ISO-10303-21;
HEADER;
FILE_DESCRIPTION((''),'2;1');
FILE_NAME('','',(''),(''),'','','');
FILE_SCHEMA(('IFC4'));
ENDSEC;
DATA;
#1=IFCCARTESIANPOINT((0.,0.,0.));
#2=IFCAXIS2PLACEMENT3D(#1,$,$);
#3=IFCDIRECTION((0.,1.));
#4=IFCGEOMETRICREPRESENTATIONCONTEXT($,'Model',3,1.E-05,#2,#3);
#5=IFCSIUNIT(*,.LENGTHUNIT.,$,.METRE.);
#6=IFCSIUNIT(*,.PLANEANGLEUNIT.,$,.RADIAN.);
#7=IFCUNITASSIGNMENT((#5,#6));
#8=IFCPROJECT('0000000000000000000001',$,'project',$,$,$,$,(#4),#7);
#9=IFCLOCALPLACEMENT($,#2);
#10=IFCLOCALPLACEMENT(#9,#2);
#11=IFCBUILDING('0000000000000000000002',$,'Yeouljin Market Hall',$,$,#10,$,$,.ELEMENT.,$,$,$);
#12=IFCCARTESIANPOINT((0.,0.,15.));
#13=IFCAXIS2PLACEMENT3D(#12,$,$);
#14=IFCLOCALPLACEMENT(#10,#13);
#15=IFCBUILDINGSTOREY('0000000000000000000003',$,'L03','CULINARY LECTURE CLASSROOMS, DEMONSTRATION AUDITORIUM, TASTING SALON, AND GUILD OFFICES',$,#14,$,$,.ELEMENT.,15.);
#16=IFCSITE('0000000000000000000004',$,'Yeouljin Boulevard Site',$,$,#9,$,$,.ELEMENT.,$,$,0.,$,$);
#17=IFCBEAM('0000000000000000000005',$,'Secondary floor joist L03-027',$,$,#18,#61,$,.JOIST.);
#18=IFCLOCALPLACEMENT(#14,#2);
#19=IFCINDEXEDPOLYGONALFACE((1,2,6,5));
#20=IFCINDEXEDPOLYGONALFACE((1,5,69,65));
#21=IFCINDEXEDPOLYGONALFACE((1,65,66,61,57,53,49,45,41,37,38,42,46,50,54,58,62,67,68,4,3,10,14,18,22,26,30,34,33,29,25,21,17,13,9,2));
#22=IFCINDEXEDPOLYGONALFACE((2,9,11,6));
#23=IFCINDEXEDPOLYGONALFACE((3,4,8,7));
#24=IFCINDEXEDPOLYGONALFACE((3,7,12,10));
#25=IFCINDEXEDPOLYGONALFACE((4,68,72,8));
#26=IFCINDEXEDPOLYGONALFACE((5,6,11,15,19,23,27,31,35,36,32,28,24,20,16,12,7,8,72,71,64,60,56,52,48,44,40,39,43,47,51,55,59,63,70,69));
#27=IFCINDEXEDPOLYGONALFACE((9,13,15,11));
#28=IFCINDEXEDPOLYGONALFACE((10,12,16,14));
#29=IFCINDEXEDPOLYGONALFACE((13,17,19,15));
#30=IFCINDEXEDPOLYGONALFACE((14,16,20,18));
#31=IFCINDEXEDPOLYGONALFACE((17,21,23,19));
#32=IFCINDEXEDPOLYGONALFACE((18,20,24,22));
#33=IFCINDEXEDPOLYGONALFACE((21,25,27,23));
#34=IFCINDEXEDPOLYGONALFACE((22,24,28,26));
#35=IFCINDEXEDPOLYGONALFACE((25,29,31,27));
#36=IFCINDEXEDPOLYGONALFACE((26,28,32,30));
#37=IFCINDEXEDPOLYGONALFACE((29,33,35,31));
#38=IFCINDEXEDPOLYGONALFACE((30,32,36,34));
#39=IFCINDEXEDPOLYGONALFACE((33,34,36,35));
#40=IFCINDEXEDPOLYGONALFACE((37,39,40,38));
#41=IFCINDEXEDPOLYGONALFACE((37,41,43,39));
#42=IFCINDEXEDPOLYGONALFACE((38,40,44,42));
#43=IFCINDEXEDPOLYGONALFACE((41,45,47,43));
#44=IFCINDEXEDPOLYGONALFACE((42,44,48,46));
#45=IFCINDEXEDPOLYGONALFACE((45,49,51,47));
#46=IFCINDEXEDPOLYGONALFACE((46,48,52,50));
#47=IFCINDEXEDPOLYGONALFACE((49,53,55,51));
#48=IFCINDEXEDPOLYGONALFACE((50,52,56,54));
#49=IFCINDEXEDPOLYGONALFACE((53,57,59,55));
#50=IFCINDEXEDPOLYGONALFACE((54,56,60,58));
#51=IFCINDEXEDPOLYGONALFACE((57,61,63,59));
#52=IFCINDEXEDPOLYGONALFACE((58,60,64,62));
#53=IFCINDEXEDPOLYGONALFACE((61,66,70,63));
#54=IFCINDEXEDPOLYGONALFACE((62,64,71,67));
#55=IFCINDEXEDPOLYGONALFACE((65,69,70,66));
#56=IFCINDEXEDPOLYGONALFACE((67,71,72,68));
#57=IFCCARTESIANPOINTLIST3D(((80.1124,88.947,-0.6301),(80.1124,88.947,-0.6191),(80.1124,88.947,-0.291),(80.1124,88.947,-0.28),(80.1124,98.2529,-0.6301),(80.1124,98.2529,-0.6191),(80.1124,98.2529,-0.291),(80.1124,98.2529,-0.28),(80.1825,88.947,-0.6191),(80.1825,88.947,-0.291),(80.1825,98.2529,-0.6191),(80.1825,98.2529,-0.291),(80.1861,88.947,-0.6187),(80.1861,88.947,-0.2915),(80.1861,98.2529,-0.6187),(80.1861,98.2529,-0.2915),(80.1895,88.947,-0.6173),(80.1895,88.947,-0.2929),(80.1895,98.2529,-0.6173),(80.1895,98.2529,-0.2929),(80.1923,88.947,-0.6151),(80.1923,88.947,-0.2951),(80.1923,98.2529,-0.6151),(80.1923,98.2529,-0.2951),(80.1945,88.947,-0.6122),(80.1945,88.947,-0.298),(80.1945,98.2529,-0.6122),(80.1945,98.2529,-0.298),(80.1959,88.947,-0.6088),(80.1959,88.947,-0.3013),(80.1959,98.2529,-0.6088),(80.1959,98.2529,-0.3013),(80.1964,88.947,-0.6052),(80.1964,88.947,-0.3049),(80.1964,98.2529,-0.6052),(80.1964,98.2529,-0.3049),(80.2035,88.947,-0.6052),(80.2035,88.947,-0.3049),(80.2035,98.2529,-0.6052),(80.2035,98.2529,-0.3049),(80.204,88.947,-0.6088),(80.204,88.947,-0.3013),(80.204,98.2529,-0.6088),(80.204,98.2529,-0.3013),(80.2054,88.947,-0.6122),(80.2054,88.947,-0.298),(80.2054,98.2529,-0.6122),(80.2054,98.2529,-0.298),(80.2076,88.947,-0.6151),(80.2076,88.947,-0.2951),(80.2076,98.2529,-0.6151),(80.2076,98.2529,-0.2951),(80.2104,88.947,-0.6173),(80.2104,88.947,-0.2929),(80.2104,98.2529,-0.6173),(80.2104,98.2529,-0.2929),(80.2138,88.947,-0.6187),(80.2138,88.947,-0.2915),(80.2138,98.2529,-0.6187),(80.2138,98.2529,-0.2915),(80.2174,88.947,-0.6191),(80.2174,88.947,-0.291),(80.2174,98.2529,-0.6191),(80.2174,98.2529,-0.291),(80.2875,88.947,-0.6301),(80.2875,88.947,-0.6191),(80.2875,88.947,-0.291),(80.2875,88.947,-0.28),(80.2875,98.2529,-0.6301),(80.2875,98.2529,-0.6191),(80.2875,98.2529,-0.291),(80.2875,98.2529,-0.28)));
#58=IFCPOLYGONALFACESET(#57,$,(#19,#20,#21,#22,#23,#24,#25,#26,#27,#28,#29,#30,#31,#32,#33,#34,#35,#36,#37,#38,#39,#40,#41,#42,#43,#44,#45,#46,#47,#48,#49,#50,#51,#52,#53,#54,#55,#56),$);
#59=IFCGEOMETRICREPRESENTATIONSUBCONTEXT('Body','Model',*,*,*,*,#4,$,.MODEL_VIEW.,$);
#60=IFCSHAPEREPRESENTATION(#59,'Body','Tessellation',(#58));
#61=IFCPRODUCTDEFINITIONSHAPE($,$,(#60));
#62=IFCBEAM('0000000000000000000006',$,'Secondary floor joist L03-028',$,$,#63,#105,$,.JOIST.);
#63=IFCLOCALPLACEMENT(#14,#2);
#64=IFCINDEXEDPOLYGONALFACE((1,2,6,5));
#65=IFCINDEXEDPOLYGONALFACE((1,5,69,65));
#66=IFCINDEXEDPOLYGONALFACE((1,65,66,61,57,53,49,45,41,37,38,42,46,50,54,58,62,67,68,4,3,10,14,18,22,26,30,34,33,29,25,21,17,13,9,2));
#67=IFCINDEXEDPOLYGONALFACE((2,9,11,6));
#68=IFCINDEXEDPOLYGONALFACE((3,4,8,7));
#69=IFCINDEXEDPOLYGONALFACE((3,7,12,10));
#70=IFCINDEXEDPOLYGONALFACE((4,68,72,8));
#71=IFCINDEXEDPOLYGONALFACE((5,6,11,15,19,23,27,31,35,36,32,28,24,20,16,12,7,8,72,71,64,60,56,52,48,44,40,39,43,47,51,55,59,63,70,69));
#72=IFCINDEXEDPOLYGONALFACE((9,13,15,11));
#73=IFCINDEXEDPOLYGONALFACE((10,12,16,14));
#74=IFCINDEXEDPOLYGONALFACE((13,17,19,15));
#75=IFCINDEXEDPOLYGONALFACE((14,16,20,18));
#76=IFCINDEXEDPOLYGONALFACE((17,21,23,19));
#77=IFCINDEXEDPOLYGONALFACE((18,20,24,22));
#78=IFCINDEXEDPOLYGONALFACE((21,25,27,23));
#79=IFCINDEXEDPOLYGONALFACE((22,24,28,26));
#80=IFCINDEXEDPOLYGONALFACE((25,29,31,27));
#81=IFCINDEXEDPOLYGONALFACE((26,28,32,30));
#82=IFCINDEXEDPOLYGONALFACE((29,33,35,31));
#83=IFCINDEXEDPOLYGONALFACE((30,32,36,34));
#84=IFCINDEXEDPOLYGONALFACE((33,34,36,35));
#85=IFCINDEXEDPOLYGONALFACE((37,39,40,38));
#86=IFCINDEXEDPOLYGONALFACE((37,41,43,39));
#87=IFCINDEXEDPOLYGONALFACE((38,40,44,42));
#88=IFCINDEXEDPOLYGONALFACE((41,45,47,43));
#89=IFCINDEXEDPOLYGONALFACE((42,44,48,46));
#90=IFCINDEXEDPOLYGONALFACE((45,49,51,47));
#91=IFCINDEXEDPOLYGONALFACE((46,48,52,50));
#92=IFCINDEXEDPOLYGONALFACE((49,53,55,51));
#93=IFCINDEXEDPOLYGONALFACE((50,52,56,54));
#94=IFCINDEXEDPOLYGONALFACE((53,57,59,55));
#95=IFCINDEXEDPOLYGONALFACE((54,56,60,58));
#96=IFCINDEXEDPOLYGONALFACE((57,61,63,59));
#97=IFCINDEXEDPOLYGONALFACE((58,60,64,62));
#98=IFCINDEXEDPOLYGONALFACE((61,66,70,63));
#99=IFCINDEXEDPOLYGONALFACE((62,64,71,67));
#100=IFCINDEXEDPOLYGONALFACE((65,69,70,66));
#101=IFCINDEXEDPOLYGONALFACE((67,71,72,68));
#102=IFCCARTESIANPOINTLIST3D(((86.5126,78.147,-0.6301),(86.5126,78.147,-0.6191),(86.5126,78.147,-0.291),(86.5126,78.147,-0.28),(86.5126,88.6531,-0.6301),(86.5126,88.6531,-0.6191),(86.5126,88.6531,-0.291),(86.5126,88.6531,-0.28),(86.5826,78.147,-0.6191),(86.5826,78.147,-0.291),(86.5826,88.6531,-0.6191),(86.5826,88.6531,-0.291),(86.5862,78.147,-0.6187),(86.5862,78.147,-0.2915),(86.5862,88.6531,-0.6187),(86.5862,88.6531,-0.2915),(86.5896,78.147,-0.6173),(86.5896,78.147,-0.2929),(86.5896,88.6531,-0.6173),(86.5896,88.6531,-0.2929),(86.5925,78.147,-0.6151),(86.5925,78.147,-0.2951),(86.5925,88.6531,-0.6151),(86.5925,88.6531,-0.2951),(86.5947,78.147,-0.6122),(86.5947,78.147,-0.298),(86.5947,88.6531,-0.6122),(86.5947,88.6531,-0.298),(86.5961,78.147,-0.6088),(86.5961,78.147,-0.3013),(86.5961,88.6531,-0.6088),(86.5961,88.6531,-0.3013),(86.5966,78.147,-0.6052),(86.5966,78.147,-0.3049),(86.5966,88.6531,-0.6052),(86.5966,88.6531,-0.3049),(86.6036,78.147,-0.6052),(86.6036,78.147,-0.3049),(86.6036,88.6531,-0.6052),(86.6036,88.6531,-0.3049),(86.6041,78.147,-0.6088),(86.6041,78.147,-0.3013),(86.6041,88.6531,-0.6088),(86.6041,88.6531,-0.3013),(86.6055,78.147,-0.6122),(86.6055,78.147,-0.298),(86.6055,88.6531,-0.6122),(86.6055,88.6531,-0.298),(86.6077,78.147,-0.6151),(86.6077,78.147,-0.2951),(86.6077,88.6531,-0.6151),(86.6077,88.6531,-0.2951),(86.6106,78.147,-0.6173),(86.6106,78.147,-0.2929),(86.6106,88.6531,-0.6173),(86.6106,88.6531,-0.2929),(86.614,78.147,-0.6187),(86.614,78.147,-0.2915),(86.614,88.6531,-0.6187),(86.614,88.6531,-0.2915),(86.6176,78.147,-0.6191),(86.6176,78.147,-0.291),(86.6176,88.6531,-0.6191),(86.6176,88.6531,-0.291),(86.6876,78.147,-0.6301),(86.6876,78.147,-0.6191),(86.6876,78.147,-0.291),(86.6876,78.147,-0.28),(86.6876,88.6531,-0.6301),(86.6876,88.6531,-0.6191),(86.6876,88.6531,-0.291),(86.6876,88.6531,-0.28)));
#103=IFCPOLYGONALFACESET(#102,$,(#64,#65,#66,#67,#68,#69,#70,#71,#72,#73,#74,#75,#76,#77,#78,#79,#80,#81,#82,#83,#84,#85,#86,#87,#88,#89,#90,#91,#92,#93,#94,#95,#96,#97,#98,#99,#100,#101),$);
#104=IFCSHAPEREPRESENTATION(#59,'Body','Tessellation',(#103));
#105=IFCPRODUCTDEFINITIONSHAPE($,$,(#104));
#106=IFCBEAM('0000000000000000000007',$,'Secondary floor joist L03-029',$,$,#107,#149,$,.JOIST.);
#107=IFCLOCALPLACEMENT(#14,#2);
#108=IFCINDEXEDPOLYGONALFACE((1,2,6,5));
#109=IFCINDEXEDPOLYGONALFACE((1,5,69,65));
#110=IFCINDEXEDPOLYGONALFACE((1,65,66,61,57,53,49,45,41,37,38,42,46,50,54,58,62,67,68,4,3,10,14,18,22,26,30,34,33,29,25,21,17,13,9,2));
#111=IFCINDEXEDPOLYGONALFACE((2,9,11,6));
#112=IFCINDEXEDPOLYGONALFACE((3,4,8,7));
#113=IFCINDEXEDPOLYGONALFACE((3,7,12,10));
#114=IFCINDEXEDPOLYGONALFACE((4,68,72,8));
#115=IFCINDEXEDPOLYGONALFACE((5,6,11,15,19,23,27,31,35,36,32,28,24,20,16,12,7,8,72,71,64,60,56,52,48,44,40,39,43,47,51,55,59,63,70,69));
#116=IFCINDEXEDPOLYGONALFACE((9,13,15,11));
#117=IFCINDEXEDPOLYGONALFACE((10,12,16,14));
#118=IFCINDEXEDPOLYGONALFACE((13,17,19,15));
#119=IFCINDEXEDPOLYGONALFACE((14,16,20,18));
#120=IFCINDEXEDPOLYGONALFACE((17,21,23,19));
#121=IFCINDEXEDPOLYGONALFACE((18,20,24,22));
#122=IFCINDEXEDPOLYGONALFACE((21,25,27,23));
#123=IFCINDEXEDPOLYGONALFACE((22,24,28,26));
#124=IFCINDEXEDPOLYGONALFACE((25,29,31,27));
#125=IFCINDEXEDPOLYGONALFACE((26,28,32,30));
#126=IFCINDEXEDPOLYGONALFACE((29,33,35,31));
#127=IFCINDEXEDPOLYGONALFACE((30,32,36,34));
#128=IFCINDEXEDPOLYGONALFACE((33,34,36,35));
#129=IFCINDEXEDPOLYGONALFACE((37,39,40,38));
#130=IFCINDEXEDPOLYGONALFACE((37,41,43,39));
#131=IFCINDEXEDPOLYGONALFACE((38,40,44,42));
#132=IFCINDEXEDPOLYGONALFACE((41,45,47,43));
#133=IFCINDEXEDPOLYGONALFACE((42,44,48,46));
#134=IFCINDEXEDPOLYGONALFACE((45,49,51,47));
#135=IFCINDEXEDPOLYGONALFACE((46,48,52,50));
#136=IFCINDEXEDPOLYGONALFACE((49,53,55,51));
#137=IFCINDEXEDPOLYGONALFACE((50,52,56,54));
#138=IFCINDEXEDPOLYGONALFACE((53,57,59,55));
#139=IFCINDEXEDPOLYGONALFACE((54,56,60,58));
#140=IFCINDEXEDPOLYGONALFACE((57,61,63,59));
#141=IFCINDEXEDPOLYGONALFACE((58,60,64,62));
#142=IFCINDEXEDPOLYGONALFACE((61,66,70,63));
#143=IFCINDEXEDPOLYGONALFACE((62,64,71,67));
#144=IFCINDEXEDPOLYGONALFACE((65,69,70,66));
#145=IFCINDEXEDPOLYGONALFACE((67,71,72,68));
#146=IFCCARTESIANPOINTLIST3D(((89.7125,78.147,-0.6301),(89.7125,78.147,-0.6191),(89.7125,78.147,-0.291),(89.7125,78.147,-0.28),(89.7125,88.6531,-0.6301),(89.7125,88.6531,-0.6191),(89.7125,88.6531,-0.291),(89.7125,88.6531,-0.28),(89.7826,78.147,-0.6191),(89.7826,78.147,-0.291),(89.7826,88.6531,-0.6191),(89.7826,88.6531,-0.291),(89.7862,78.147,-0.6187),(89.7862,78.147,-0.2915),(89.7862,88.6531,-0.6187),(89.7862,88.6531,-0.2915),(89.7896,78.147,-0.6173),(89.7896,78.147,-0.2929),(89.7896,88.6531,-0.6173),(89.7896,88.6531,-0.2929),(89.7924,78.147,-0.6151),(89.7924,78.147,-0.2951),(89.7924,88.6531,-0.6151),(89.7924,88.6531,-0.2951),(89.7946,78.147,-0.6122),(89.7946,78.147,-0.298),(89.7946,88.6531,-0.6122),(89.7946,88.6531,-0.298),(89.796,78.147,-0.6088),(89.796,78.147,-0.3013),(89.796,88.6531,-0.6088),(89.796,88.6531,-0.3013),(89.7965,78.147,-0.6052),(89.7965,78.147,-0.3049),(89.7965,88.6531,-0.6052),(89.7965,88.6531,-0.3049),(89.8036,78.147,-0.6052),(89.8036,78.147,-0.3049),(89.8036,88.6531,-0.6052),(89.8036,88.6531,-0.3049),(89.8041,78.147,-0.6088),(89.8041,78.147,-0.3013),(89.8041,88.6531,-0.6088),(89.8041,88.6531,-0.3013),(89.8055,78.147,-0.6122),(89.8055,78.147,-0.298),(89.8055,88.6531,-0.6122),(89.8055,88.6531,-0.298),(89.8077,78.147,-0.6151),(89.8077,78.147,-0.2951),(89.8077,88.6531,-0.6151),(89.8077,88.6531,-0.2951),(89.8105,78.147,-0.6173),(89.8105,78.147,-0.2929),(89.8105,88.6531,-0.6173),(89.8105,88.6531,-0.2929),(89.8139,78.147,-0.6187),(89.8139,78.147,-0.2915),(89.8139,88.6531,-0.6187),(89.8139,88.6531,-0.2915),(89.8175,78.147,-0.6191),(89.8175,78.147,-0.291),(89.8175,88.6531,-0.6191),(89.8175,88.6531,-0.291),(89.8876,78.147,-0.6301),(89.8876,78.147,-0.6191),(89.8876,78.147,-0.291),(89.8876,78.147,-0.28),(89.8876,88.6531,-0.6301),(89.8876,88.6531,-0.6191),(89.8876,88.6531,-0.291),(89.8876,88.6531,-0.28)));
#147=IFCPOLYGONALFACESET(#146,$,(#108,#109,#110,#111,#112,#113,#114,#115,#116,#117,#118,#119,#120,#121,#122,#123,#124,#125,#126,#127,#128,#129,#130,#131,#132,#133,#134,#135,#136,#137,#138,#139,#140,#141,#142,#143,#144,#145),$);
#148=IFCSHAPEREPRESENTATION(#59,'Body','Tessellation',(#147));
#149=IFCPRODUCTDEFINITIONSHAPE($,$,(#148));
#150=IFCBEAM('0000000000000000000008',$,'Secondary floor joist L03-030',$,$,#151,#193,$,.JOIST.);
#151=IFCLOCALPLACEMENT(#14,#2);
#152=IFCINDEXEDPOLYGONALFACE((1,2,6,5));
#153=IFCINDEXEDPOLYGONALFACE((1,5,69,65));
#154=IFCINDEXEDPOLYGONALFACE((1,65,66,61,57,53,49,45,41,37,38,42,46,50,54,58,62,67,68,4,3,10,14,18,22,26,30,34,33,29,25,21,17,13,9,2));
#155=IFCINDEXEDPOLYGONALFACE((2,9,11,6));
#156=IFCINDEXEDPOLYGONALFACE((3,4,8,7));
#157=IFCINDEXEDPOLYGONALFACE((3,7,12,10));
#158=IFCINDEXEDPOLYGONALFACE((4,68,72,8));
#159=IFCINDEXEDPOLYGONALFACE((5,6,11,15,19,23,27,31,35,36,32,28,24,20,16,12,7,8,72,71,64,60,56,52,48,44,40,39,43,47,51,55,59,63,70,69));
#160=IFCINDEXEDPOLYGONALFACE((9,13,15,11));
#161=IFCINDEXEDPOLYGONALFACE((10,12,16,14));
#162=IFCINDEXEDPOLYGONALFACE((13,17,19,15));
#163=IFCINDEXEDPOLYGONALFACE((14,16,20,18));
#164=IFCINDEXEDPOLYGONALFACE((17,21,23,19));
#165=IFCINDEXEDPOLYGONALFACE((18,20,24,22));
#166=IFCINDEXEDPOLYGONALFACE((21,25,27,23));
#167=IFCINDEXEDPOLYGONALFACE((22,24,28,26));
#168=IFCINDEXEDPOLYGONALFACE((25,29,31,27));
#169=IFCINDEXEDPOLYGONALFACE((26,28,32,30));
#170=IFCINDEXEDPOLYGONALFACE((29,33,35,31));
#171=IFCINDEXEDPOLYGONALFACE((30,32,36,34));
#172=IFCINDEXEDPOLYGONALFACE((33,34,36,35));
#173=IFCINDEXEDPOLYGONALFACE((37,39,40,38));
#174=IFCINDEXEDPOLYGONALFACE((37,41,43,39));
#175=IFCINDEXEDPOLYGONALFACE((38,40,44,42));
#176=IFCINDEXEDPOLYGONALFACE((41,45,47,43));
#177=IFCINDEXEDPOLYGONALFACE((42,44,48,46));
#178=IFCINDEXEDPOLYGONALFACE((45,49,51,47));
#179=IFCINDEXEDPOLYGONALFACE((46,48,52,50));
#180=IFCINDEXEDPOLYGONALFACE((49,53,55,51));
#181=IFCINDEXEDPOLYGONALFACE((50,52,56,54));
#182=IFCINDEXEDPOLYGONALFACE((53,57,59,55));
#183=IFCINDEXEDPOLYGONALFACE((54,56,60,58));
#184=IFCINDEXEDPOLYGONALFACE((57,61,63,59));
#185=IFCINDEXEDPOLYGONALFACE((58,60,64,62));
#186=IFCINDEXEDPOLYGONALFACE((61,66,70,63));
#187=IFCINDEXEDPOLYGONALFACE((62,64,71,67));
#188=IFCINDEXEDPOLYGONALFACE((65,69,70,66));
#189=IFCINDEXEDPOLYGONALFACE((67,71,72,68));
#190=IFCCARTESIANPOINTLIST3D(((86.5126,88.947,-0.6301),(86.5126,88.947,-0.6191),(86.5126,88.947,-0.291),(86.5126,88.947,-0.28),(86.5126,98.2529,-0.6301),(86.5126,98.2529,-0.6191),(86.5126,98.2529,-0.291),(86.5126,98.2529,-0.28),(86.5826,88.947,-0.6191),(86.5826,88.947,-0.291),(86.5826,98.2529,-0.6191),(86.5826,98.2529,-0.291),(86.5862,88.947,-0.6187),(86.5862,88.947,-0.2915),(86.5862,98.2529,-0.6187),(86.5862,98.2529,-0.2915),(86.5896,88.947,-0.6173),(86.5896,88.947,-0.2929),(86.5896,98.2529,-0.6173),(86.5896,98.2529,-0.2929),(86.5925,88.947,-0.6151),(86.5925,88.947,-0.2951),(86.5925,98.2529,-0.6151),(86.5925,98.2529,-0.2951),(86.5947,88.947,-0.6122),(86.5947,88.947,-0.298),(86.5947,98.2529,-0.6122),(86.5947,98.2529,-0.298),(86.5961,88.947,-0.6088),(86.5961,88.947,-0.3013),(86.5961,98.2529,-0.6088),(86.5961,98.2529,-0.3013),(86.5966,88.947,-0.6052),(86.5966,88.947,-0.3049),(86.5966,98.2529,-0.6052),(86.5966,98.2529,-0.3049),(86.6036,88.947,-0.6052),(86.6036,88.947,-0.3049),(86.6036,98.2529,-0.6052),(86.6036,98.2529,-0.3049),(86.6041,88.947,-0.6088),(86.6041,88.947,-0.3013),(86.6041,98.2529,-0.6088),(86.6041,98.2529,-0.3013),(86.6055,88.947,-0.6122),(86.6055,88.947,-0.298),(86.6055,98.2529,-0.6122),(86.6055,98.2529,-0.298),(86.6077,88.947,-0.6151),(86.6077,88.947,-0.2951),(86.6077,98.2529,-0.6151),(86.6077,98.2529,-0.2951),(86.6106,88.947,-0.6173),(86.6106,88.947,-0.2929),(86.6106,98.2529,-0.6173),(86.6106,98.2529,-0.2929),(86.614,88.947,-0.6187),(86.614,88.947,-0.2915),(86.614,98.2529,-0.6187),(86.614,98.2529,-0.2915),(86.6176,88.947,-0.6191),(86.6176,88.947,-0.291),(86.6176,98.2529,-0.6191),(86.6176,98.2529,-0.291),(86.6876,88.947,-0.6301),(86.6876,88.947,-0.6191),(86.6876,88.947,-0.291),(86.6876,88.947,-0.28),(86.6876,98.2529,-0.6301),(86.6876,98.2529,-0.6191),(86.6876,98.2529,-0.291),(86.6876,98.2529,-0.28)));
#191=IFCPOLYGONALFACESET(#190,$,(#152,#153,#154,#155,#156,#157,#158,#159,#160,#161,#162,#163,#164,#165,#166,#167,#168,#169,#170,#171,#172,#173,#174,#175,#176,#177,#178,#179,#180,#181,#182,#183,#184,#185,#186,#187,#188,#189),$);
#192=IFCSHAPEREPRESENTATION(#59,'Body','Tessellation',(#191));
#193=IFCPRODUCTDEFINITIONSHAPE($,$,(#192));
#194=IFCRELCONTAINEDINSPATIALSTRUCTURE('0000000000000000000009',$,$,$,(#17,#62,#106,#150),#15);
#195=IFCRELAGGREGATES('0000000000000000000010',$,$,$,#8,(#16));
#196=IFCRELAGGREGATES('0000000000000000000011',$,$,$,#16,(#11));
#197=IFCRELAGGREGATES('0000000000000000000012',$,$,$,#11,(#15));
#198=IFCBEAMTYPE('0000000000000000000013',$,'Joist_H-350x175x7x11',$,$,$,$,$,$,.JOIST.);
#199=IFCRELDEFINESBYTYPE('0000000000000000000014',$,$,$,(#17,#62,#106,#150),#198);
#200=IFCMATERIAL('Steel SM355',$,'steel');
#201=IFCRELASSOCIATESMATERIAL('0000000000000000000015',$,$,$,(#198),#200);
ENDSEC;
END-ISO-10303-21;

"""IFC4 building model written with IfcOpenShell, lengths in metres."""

from ifc_helpers import new_model, si_unit, direction, frame, origin, origin_2d, place, context, subcontext, project, spatial, i_section, extrude, material, material_profile, profile_set, type_object, element, save


model = new_model("IFC4")

# Units and contexts
model_context = context("Model", 3, precision=1e-05, world=origin(), true_north=direction((0.0, 1.0)))
body_context = subcontext(model_context, "Body", "Model", "MODEL_VIEW")
ifc_project = project(units=[si_unit("LENGTHUNIT", "METRE"), si_unit("PLANEANGLEUNIT", "RADIAN")], contexts=[model_context])

# Site, building, storey
site_placement = place(None, origin())
site = spatial("IfcSite", under=ifc_project, at=site_placement, Name="Yeouljin Boulevard Site", CompositionType="ELEMENT", RefElevation=0.0)
building_placement = place(site_placement, origin())
building = spatial("IfcBuilding", under=site, at=building_placement, Name="Yeouljin Market Hall", CompositionType="ELEMENT")
storey_placement = place(building_placement, frame((0.0, 0.0, 15.0)))
storey = spatial("IfcBuildingStorey", under=building, at=storey_placement, Name="L03", Description="CULINARY LECTURE CLASSROOMS, DEMONSTRATION AUDITORIUM, TASTING SALON, AND GUILD OFFICES", CompositionType="ELEMENT", Elevation=15.0)

# Beams
ifc_material_1 = material(Name="Steel SM355", Category="steel")
ifc_material_profile_1 = material_profile(ifc_material_1, i_section(OverallWidth=0.175, OverallDepth=0.3501, WebThickness=0.0071, FlangeThickness=0.011, FilletRadius=0.0139, at=origin_2d()), Name="H-350x175x7x11")
ifc_profile_set_1 = profile_set([ifc_material_profile_1], Name="Steel SM355")
beam_type_1 = type_object("IfcBeamType", Name="Joist_H-350x175x7x11", PredefinedType="JOIST", material=ifc_profile_set_1)
beam_1_placement = place(storey_placement, frame((80.2, 88.947, -0.4551), z_axis=(0.0, 1.0, 0.0), x_axis=(-1.0, 0.0, 0.0)))
element("IfcBeam", 1, at=beam_1_placement, inside=storey, type_object=beam_type_1, Name="Secondary floor joist L03-027", PredefinedType="JOIST", context=body_context, shape_type="SweptSolid", body=[
    extrude(i_section(OverallWidth=0.175, OverallDepth=0.3501, WebThickness=0.0071, FlangeThickness=0.011, FilletRadius=0.0139, at=origin_2d()), origin(), (0.0, 0.0, 1.0), 9.3059),
])
for number, where, z_axis, x_axis, name in (
    (2, (86.6001, 78.147, -0.4551), (0.0, 1.0, 0.0), (-1.0, 0.0, 0.0), "Secondary floor joist L03-028"),
    (3, (89.8, 78.147, -0.4551), (0.0, 1.0, 0.0), (-1.0, 0.0, 0.0), "Secondary floor joist L03-029"),
):
    element("IfcBeam", number, at=place(storey_placement, frame(where, z_axis=z_axis, x_axis=x_axis)), inside=storey, type_object=beam_type_1, Name=name, PredefinedType="JOIST", context=body_context, shape_type="SweptSolid", body=[
        extrude(i_section(OverallWidth=0.175, OverallDepth=0.3501, WebThickness=0.0071, FlangeThickness=0.011, FilletRadius=0.0139, at=origin_2d()), origin(), (0.0, 0.0, 1.0), 10.5061),
    ])
for number, where, z_axis, x_axis, name in (
    (4, (86.6001, 88.947, -0.4551), (0.0, 1.0, 0.0), (-1.0, 0.0, 0.0), "Secondary floor joist L03-030"),
):
    element("IfcBeam", number, at=place(storey_placement, frame(where, z_axis=z_axis, x_axis=x_axis)), inside=storey, type_object=beam_type_1, Name=name, PredefinedType="JOIST", context=body_context, shape_type="SweptSolid", body=[
        extrude(i_section(OverallWidth=0.175, OverallDepth=0.3501, WebThickness=0.0071, FlangeThickness=0.011, FilletRadius=0.0139, at=origin_2d()), origin(), (0.0, 0.0, 1.0), 9.3059),
    ])

save(model, "model.ifc")
